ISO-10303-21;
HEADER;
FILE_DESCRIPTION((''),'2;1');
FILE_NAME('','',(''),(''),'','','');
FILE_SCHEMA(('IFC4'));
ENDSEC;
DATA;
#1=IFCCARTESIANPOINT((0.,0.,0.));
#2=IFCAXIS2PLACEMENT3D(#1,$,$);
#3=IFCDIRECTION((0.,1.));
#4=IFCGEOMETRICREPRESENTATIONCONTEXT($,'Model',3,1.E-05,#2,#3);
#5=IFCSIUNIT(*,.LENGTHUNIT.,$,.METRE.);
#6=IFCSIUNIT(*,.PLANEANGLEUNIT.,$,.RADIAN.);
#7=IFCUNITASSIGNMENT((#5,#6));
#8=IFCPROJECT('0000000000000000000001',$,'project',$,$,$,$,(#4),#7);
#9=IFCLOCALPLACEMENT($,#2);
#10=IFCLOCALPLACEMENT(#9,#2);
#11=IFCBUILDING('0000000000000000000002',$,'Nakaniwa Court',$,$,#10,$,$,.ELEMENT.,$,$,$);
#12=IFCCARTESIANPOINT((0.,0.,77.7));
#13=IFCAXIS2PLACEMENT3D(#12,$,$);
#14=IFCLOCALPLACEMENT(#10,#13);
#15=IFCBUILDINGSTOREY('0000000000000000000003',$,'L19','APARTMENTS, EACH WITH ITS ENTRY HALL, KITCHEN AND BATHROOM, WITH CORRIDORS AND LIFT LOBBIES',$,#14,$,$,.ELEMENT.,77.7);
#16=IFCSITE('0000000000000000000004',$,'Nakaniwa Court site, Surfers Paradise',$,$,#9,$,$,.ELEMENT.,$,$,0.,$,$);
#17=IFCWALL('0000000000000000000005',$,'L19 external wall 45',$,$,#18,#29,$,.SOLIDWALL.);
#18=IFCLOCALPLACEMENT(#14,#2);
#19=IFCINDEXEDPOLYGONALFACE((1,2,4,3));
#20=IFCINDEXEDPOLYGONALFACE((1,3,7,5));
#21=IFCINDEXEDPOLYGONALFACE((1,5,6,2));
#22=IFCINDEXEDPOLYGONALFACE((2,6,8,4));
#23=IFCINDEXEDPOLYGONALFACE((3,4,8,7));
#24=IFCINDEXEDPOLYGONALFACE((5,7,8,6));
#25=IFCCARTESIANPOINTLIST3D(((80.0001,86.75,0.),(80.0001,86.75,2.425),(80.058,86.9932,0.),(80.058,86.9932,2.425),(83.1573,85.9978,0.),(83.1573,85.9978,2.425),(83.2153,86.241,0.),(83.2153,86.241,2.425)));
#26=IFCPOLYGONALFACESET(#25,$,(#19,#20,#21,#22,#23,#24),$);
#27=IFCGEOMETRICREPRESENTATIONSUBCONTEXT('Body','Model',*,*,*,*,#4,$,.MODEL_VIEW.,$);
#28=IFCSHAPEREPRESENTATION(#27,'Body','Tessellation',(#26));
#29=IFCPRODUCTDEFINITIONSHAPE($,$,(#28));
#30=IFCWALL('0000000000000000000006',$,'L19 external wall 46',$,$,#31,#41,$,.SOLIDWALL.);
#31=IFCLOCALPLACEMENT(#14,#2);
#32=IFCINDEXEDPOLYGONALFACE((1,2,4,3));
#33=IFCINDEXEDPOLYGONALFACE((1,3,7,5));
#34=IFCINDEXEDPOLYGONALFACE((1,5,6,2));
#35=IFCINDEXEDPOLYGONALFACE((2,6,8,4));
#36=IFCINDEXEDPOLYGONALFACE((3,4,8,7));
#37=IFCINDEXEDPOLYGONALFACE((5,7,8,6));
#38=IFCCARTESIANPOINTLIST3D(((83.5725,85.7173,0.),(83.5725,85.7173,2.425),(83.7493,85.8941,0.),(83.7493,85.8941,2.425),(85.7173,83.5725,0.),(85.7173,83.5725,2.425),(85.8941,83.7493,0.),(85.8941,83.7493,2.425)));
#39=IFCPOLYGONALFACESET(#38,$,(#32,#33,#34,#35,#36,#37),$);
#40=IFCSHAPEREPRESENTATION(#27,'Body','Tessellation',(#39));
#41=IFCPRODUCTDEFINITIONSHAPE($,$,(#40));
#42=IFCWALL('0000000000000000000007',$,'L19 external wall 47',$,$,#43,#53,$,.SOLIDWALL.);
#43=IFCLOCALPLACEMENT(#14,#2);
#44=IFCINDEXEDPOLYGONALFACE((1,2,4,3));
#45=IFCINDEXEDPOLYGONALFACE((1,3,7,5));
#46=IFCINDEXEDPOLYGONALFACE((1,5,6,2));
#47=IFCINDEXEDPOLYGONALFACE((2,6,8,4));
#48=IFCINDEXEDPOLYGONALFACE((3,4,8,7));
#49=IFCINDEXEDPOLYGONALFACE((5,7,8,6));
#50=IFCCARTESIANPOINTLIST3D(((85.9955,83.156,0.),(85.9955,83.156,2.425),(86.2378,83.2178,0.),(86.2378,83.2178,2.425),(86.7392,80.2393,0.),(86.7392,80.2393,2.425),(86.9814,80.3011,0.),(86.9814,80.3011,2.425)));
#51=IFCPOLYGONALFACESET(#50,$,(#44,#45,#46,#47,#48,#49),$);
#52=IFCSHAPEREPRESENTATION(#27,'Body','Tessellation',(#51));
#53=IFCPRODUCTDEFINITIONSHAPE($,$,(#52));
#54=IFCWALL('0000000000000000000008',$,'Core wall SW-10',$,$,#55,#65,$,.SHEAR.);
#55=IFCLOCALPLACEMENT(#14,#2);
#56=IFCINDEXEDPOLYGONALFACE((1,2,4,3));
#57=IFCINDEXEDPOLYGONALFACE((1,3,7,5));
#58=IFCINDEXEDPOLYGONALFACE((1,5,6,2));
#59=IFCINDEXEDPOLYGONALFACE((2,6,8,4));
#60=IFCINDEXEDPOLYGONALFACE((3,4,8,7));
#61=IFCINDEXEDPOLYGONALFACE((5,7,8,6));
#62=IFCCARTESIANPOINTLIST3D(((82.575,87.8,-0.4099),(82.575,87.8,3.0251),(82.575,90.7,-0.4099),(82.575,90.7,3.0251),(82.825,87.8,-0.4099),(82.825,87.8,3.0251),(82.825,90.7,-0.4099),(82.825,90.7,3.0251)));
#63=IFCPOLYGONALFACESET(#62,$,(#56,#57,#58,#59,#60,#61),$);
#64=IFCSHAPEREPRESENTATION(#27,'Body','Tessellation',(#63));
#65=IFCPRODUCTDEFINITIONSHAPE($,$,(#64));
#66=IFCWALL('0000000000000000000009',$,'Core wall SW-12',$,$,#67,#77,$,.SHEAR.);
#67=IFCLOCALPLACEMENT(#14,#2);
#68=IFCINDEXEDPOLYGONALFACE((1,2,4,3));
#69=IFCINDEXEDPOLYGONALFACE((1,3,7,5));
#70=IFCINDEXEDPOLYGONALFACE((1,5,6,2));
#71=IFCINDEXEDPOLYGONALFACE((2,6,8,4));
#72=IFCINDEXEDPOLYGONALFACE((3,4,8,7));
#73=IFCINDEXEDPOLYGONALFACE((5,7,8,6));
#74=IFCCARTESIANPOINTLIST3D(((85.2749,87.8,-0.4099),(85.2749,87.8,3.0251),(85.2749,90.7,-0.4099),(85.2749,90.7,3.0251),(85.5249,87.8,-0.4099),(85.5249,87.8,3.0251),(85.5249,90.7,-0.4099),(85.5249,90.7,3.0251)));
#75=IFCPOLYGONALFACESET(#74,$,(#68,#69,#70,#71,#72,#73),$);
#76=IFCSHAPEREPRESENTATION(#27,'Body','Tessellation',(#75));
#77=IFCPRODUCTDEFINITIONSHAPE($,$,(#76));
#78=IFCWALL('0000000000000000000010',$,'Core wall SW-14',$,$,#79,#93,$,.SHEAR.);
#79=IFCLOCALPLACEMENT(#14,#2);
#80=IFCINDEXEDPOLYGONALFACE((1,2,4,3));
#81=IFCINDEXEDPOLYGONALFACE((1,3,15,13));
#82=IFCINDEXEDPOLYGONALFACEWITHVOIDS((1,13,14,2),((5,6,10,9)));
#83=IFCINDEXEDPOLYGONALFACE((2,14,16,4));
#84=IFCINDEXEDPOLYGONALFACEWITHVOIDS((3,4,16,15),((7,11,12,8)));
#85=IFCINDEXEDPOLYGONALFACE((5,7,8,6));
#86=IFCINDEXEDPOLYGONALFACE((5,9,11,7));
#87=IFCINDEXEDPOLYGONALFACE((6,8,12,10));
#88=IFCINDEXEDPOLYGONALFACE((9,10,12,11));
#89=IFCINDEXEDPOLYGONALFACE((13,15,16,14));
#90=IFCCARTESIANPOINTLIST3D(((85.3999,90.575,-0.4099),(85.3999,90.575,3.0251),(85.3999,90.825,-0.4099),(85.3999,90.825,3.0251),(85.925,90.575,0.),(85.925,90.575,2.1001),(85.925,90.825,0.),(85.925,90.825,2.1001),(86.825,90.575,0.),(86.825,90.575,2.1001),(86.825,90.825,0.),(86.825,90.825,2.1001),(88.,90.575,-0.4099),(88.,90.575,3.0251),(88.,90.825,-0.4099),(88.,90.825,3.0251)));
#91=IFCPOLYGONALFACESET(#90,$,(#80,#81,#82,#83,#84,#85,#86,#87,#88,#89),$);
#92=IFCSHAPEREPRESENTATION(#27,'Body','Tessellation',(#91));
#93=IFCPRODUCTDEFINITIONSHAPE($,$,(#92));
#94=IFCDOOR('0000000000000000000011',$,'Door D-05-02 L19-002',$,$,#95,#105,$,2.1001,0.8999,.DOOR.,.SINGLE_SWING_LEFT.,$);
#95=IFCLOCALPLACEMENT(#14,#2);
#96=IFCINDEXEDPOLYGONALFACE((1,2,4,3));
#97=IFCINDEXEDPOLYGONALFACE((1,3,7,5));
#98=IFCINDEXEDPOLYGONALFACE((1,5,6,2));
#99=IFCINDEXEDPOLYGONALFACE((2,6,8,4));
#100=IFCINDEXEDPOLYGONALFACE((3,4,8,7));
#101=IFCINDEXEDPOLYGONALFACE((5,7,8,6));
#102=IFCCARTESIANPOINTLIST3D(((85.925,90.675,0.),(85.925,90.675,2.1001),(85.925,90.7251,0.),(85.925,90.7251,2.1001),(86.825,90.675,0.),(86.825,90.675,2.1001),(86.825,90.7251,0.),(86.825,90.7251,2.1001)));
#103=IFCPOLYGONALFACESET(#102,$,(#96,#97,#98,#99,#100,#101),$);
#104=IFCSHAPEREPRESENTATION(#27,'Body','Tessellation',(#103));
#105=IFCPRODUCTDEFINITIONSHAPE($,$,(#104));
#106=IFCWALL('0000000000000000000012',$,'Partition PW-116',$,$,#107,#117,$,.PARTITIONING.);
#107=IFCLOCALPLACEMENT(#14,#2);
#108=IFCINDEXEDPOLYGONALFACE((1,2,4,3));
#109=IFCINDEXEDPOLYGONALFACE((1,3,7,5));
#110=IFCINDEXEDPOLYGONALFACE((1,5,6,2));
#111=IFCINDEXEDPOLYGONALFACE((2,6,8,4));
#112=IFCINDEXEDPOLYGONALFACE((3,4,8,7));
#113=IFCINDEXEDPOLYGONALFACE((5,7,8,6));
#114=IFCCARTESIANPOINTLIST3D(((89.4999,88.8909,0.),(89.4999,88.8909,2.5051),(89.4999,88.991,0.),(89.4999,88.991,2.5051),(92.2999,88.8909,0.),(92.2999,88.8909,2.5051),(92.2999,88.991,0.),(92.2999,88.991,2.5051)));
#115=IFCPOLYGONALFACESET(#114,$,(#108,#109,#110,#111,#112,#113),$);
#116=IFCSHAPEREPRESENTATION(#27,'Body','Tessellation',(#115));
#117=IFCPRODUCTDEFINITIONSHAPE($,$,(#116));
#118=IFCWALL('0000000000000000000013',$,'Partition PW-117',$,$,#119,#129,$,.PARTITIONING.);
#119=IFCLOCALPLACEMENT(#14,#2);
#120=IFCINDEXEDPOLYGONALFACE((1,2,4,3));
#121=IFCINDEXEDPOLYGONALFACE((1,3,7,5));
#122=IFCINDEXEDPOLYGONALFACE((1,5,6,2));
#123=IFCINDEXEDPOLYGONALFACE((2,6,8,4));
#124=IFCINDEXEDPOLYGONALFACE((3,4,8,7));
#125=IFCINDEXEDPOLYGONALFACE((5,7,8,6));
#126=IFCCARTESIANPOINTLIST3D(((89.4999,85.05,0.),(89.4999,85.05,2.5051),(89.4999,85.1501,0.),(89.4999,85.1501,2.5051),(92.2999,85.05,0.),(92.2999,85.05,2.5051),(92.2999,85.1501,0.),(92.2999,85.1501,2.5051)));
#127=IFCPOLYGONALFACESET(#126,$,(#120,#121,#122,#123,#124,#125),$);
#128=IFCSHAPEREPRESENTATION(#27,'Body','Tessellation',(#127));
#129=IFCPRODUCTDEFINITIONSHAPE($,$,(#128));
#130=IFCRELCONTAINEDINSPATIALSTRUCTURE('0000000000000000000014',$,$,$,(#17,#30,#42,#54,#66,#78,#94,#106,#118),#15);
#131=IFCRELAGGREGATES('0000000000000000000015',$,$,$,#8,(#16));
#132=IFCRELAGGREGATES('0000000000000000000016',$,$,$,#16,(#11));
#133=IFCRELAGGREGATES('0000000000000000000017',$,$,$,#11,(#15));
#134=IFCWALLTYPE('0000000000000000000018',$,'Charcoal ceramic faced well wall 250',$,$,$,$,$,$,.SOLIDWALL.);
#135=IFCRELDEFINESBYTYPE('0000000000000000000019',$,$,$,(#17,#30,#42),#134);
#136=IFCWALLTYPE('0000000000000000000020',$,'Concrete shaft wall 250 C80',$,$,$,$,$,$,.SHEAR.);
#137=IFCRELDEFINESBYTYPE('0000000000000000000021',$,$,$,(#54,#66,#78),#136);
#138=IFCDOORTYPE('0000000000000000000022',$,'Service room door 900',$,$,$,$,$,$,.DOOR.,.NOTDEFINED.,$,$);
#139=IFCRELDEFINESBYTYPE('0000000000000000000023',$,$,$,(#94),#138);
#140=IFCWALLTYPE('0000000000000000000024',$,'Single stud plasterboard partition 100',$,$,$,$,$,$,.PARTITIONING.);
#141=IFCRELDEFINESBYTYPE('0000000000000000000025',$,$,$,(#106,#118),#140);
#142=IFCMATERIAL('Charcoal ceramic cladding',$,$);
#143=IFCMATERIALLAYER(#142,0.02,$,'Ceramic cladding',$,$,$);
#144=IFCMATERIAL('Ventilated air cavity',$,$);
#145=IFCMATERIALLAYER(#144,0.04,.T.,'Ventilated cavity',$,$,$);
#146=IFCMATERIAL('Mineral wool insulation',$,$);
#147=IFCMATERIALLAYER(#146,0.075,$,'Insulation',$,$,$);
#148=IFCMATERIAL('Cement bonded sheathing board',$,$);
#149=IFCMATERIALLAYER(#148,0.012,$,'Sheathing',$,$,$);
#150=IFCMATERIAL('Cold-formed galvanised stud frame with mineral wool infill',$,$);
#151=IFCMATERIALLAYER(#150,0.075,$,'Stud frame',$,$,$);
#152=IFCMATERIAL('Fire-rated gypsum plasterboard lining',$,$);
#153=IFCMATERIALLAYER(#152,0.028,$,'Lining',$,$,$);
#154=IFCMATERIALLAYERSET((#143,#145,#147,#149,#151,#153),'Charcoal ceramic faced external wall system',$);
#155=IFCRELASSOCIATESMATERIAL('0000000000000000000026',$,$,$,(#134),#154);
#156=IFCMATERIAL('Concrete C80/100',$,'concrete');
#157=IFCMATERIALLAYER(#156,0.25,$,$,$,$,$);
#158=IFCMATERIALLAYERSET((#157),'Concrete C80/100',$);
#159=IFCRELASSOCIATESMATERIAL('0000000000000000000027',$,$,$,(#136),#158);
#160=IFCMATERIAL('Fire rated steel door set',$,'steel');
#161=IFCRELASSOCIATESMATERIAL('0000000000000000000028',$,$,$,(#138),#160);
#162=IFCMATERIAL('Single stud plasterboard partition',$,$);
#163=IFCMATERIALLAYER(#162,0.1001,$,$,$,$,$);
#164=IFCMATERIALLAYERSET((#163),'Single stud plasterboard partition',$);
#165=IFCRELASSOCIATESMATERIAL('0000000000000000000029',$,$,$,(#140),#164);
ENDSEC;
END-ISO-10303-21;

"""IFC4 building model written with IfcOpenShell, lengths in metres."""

from ifc_helpers import new_model, si_unit, direction, frame, frame_2d, origin, place, context, subcontext, project, spatial, rectangle, extrude, material, layer, layer_set, type_object, element, fill, save


model = new_model("IFC4")

# Units and contexts
model_context = context("Model", 3, precision=1e-05, world=origin(), true_north=direction((0.0, 1.0)))
body_context = subcontext(model_context, "Body", "Model", "MODEL_VIEW")
ifc_project = project(units=[si_unit("LENGTHUNIT", "METRE"), si_unit("PLANEANGLEUNIT", "RADIAN")], contexts=[model_context])

# Site, building, storey
site_placement = place(None, origin())
site = spatial("IfcSite", under=ifc_project, at=site_placement, Name="Nakaniwa Court site, Surfers Paradise", CompositionType="ELEMENT", RefElevation=0.0)
building_placement = place(site_placement, origin())
building = spatial("IfcBuilding", under=site, at=building_placement, Name="Nakaniwa Court", CompositionType="ELEMENT")
storey_placement = place(building_placement, frame((0.0, 0.0, 77.7)))
storey = spatial("IfcBuildingStorey", under=building, at=storey_placement, Name="L19", Description="APARTMENTS, EACH WITH ITS ENTRY HALL, KITCHEN AND BATHROOM, WITH CORRIDORS AND LIFT LOBBIES", CompositionType="ELEMENT", Elevation=77.7)

# Shared definitions
ifc_material_1 = material(Name="Concrete C80/100", Category="concrete")

# Walls
ifc_material_2 = material(Name="Charcoal ceramic cladding")
ifc_layer_1 = layer(ifc_material_2, 0.02, Name="Ceramic cladding")
ifc_material_3 = material(Name="Ventilated air cavity")
ifc_layer_2 = layer(ifc_material_3, 0.04, ventilated=True, Name="Ventilated cavity")
ifc_material_4 = material(Name="Mineral wool insulation")
ifc_layer_3 = layer(ifc_material_4, 0.075, Name="Insulation")
ifc_material_5 = material(Name="Cement bonded sheathing board")
ifc_layer_4 = layer(ifc_material_5, 0.012, Name="Sheathing")
ifc_material_6 = material(Name="Cold-formed galvanised stud frame with mineral wool infill")
ifc_layer_5 = layer(ifc_material_6, 0.075, Name="Stud frame")
ifc_material_7 = material(Name="Fire-rated gypsum plasterboard lining")
ifc_layer_6 = layer(ifc_material_7, 0.028, Name="Lining")
ifc_layer_set_1 = layer_set([ifc_layer_1, ifc_layer_2, ifc_layer_3, ifc_layer_4, ifc_layer_5, ifc_layer_6], Name="Charcoal ceramic faced external wall system")
wall_type_1 = type_object("IfcWallType", Name="Charcoal ceramic faced well wall 250", PredefinedType="SOLIDWALL", material=ifc_layer_set_1)
wall_1_placement = place(storey_placement, frame((80.0291, 86.8716, 0.0), z_axis=(0.0, 0.0, 1.0), x_axis=(0.972773, -0.23176, 0.0)))
element("IfcWall", 1, at=wall_1_placement, inside=storey, type_object=wall_type_1, Name="L19 external wall 45", PredefinedType="SOLIDWALL", context=body_context, shape_type="SweptSolid", body=[
    extrude(rectangle(XDim=3.2456, YDim=0.25, at=frame_2d((1.6228, 0.0))), origin(), (0.0, 0.0, 1.0), 2.425),
])
wall_2_placement = place(storey_placement, frame((83.6609, 85.8057, 0.0), z_axis=(0.0, 0.0, 1.0), x_axis=(0.707107, -0.707107, 0.0)))
element("IfcWall", 2, at=wall_2_placement, inside=storey, type_object=wall_type_1, Name="L19 external wall 46", PredefinedType="SOLIDWALL", context=body_context, shape_type="SweptSolid", body=[
    extrude(rectangle(XDim=3.0332, YDim=0.25, at=frame_2d((1.5166, 0.0))), origin(), (0.0, 0.0, 1.0), 2.425),
])
wall_3_placement = place(storey_placement, frame((86.1167, 83.1868, 0.0), z_axis=(0.0, 0.0, 1.0), x_axis=(0.247056, -0.969001, 0.0)))
element("IfcWall", 3, at=wall_3_placement, inside=storey, type_object=wall_type_1, Name="L19 external wall 47", PredefinedType="SOLIDWALL", context=body_context, shape_type="SweptSolid", body=[
    extrude(rectangle(XDim=3.01, YDim=0.25, at=frame_2d((1.5049, 0.0))), origin(), (0.0, 0.0, 1.0), 2.425),
])
ifc_layer_7 = layer(ifc_material_1, 0.25)
ifc_layer_set_2 = layer_set([ifc_layer_7], Name="Concrete C80/100")
wall_type_2 = type_object("IfcWallType", Name="Concrete shaft wall 250 C80", PredefinedType="SHEAR", material=ifc_layer_set_2)
for number, where, z_axis, x_axis, name in (
    (4, (82.7, 87.8, -0.4099), (0.0, 0.0, 1.0), (0.0, 1.0, 0.0), "Core wall SW-10"),
    (5, (85.3999, 87.8, -0.4099), (0.0, 0.0, 1.0), (0.0, 1.0, 0.0), "Core wall SW-12"),
):
    element("IfcWall", number, at=place(storey_placement, frame(where, z_axis=z_axis, x_axis=x_axis)), inside=storey, type_object=wall_type_2, Name=name, PredefinedType="SHEAR", context=body_context, shape_type="SweptSolid", body=[
        extrude(rectangle(XDim=2.8999, YDim=0.25, at=frame_2d((1.45, 0.0))), origin(), (0.0, 0.0, 1.0), 3.4351),
    ])

# Wall, opening, door
wall_4_placement = place(storey_placement, frame((88.0, 90.7, -0.4099), z_axis=(0.0, 0.0, 1.0), x_axis=(-1.0, 0.0, 0.0)))
wall_4 = element("IfcWall", 6, at=wall_4_placement, inside=storey, type_object=wall_type_2, Name="Core wall SW-14", PredefinedType="SHEAR", context=body_context, shape_type="SweptSolid", body=[
    extrude(rectangle(XDim=2.6001, YDim=0.25, at=frame_2d((1.3, 0.0))), origin(), (0.0, 0.0, 1.0), 3.4351),
])
opening_1_placement = place(wall_4_placement, frame((1.175, 0.0, 0.4099)))
opening_1 = element("IfcOpeningElement", 7, at=opening_1_placement, cuts=wall_4, PredefinedType="OPENING", context=body_context, shape_type="SweptSolid", body=[
    extrude(rectangle(XDim=0.8999, YDim=2.1001, at=frame_2d((0.45, 1.05))), frame((0.0, 0.135, 0.0), z_axis=(0.0, -1.0, 0.0), x_axis=(1.0, 0.0, 0.0)), (0.0, 0.0, 1.0), 0.27),
])
ifc_material_8 = material(Name="Fire rated steel door set", Category="steel")
door_type_1 = type_object("IfcDoorType", Name="Service room door 900", OperationType="NOTDEFINED", PredefinedType="DOOR", material=ifc_material_8)
door_1_placement = place(opening_1_placement, origin())
door_1 = element("IfcDoor", 8, at=door_1_placement, inside=storey, type_object=door_type_1, Name="Door D-05-02 L19-002", OperationType="SINGLE_SWING_LEFT", OverallHeight=2.1001, OverallWidth=0.8999, PredefinedType="DOOR", context=body_context, shape_type="SweptSolid", body=[
    extrude(rectangle(XDim=0.8999, YDim=2.1001, at=frame_2d((0.45, 1.05))), frame((0.0, 0.0249, 0.0), z_axis=(0.0, -1.0, 0.0), x_axis=(1.0, 0.0, 0.0)), (0.0, 0.0, 1.0), 0.05),
])
fill(opening_1, door_1)

# Walls
ifc_material_9 = material(Name="Single stud plasterboard partition")
ifc_layer_8 = layer(ifc_material_9, 0.1001)
ifc_layer_set_3 = layer_set([ifc_layer_8], Name="Single stud plasterboard partition")
wall_type_3 = type_object("IfcWallType", Name="Single stud plasterboard partition 100", PredefinedType="PARTITIONING", material=ifc_layer_set_3)
for number, where, z_axis, x_axis, name in (
    (9, (89.5, 88.9409, 0.0), (0.0, 0.0, 1.0), (1.0, 0.0, 0.0), "Partition PW-116"),
    (10, (89.5, 85.1001, 0.0), (0.0, 0.0, 1.0), (1.0, 0.0, 0.0), "Partition PW-117"),
):
    element("IfcWall", number, at=place(storey_placement, frame(where, z_axis=z_axis, x_axis=x_axis)), inside=storey, type_object=wall_type_3, Name=name, PredefinedType="PARTITIONING", context=body_context, shape_type="SweptSolid", body=[
        extrude(rectangle(XDim=2.8, YDim=0.1001, at=frame_2d((1.3999, 0.0))), origin(), (0.0, 0.0, 1.0), 2.5051),
    ])

save(model, "model.ifc")
